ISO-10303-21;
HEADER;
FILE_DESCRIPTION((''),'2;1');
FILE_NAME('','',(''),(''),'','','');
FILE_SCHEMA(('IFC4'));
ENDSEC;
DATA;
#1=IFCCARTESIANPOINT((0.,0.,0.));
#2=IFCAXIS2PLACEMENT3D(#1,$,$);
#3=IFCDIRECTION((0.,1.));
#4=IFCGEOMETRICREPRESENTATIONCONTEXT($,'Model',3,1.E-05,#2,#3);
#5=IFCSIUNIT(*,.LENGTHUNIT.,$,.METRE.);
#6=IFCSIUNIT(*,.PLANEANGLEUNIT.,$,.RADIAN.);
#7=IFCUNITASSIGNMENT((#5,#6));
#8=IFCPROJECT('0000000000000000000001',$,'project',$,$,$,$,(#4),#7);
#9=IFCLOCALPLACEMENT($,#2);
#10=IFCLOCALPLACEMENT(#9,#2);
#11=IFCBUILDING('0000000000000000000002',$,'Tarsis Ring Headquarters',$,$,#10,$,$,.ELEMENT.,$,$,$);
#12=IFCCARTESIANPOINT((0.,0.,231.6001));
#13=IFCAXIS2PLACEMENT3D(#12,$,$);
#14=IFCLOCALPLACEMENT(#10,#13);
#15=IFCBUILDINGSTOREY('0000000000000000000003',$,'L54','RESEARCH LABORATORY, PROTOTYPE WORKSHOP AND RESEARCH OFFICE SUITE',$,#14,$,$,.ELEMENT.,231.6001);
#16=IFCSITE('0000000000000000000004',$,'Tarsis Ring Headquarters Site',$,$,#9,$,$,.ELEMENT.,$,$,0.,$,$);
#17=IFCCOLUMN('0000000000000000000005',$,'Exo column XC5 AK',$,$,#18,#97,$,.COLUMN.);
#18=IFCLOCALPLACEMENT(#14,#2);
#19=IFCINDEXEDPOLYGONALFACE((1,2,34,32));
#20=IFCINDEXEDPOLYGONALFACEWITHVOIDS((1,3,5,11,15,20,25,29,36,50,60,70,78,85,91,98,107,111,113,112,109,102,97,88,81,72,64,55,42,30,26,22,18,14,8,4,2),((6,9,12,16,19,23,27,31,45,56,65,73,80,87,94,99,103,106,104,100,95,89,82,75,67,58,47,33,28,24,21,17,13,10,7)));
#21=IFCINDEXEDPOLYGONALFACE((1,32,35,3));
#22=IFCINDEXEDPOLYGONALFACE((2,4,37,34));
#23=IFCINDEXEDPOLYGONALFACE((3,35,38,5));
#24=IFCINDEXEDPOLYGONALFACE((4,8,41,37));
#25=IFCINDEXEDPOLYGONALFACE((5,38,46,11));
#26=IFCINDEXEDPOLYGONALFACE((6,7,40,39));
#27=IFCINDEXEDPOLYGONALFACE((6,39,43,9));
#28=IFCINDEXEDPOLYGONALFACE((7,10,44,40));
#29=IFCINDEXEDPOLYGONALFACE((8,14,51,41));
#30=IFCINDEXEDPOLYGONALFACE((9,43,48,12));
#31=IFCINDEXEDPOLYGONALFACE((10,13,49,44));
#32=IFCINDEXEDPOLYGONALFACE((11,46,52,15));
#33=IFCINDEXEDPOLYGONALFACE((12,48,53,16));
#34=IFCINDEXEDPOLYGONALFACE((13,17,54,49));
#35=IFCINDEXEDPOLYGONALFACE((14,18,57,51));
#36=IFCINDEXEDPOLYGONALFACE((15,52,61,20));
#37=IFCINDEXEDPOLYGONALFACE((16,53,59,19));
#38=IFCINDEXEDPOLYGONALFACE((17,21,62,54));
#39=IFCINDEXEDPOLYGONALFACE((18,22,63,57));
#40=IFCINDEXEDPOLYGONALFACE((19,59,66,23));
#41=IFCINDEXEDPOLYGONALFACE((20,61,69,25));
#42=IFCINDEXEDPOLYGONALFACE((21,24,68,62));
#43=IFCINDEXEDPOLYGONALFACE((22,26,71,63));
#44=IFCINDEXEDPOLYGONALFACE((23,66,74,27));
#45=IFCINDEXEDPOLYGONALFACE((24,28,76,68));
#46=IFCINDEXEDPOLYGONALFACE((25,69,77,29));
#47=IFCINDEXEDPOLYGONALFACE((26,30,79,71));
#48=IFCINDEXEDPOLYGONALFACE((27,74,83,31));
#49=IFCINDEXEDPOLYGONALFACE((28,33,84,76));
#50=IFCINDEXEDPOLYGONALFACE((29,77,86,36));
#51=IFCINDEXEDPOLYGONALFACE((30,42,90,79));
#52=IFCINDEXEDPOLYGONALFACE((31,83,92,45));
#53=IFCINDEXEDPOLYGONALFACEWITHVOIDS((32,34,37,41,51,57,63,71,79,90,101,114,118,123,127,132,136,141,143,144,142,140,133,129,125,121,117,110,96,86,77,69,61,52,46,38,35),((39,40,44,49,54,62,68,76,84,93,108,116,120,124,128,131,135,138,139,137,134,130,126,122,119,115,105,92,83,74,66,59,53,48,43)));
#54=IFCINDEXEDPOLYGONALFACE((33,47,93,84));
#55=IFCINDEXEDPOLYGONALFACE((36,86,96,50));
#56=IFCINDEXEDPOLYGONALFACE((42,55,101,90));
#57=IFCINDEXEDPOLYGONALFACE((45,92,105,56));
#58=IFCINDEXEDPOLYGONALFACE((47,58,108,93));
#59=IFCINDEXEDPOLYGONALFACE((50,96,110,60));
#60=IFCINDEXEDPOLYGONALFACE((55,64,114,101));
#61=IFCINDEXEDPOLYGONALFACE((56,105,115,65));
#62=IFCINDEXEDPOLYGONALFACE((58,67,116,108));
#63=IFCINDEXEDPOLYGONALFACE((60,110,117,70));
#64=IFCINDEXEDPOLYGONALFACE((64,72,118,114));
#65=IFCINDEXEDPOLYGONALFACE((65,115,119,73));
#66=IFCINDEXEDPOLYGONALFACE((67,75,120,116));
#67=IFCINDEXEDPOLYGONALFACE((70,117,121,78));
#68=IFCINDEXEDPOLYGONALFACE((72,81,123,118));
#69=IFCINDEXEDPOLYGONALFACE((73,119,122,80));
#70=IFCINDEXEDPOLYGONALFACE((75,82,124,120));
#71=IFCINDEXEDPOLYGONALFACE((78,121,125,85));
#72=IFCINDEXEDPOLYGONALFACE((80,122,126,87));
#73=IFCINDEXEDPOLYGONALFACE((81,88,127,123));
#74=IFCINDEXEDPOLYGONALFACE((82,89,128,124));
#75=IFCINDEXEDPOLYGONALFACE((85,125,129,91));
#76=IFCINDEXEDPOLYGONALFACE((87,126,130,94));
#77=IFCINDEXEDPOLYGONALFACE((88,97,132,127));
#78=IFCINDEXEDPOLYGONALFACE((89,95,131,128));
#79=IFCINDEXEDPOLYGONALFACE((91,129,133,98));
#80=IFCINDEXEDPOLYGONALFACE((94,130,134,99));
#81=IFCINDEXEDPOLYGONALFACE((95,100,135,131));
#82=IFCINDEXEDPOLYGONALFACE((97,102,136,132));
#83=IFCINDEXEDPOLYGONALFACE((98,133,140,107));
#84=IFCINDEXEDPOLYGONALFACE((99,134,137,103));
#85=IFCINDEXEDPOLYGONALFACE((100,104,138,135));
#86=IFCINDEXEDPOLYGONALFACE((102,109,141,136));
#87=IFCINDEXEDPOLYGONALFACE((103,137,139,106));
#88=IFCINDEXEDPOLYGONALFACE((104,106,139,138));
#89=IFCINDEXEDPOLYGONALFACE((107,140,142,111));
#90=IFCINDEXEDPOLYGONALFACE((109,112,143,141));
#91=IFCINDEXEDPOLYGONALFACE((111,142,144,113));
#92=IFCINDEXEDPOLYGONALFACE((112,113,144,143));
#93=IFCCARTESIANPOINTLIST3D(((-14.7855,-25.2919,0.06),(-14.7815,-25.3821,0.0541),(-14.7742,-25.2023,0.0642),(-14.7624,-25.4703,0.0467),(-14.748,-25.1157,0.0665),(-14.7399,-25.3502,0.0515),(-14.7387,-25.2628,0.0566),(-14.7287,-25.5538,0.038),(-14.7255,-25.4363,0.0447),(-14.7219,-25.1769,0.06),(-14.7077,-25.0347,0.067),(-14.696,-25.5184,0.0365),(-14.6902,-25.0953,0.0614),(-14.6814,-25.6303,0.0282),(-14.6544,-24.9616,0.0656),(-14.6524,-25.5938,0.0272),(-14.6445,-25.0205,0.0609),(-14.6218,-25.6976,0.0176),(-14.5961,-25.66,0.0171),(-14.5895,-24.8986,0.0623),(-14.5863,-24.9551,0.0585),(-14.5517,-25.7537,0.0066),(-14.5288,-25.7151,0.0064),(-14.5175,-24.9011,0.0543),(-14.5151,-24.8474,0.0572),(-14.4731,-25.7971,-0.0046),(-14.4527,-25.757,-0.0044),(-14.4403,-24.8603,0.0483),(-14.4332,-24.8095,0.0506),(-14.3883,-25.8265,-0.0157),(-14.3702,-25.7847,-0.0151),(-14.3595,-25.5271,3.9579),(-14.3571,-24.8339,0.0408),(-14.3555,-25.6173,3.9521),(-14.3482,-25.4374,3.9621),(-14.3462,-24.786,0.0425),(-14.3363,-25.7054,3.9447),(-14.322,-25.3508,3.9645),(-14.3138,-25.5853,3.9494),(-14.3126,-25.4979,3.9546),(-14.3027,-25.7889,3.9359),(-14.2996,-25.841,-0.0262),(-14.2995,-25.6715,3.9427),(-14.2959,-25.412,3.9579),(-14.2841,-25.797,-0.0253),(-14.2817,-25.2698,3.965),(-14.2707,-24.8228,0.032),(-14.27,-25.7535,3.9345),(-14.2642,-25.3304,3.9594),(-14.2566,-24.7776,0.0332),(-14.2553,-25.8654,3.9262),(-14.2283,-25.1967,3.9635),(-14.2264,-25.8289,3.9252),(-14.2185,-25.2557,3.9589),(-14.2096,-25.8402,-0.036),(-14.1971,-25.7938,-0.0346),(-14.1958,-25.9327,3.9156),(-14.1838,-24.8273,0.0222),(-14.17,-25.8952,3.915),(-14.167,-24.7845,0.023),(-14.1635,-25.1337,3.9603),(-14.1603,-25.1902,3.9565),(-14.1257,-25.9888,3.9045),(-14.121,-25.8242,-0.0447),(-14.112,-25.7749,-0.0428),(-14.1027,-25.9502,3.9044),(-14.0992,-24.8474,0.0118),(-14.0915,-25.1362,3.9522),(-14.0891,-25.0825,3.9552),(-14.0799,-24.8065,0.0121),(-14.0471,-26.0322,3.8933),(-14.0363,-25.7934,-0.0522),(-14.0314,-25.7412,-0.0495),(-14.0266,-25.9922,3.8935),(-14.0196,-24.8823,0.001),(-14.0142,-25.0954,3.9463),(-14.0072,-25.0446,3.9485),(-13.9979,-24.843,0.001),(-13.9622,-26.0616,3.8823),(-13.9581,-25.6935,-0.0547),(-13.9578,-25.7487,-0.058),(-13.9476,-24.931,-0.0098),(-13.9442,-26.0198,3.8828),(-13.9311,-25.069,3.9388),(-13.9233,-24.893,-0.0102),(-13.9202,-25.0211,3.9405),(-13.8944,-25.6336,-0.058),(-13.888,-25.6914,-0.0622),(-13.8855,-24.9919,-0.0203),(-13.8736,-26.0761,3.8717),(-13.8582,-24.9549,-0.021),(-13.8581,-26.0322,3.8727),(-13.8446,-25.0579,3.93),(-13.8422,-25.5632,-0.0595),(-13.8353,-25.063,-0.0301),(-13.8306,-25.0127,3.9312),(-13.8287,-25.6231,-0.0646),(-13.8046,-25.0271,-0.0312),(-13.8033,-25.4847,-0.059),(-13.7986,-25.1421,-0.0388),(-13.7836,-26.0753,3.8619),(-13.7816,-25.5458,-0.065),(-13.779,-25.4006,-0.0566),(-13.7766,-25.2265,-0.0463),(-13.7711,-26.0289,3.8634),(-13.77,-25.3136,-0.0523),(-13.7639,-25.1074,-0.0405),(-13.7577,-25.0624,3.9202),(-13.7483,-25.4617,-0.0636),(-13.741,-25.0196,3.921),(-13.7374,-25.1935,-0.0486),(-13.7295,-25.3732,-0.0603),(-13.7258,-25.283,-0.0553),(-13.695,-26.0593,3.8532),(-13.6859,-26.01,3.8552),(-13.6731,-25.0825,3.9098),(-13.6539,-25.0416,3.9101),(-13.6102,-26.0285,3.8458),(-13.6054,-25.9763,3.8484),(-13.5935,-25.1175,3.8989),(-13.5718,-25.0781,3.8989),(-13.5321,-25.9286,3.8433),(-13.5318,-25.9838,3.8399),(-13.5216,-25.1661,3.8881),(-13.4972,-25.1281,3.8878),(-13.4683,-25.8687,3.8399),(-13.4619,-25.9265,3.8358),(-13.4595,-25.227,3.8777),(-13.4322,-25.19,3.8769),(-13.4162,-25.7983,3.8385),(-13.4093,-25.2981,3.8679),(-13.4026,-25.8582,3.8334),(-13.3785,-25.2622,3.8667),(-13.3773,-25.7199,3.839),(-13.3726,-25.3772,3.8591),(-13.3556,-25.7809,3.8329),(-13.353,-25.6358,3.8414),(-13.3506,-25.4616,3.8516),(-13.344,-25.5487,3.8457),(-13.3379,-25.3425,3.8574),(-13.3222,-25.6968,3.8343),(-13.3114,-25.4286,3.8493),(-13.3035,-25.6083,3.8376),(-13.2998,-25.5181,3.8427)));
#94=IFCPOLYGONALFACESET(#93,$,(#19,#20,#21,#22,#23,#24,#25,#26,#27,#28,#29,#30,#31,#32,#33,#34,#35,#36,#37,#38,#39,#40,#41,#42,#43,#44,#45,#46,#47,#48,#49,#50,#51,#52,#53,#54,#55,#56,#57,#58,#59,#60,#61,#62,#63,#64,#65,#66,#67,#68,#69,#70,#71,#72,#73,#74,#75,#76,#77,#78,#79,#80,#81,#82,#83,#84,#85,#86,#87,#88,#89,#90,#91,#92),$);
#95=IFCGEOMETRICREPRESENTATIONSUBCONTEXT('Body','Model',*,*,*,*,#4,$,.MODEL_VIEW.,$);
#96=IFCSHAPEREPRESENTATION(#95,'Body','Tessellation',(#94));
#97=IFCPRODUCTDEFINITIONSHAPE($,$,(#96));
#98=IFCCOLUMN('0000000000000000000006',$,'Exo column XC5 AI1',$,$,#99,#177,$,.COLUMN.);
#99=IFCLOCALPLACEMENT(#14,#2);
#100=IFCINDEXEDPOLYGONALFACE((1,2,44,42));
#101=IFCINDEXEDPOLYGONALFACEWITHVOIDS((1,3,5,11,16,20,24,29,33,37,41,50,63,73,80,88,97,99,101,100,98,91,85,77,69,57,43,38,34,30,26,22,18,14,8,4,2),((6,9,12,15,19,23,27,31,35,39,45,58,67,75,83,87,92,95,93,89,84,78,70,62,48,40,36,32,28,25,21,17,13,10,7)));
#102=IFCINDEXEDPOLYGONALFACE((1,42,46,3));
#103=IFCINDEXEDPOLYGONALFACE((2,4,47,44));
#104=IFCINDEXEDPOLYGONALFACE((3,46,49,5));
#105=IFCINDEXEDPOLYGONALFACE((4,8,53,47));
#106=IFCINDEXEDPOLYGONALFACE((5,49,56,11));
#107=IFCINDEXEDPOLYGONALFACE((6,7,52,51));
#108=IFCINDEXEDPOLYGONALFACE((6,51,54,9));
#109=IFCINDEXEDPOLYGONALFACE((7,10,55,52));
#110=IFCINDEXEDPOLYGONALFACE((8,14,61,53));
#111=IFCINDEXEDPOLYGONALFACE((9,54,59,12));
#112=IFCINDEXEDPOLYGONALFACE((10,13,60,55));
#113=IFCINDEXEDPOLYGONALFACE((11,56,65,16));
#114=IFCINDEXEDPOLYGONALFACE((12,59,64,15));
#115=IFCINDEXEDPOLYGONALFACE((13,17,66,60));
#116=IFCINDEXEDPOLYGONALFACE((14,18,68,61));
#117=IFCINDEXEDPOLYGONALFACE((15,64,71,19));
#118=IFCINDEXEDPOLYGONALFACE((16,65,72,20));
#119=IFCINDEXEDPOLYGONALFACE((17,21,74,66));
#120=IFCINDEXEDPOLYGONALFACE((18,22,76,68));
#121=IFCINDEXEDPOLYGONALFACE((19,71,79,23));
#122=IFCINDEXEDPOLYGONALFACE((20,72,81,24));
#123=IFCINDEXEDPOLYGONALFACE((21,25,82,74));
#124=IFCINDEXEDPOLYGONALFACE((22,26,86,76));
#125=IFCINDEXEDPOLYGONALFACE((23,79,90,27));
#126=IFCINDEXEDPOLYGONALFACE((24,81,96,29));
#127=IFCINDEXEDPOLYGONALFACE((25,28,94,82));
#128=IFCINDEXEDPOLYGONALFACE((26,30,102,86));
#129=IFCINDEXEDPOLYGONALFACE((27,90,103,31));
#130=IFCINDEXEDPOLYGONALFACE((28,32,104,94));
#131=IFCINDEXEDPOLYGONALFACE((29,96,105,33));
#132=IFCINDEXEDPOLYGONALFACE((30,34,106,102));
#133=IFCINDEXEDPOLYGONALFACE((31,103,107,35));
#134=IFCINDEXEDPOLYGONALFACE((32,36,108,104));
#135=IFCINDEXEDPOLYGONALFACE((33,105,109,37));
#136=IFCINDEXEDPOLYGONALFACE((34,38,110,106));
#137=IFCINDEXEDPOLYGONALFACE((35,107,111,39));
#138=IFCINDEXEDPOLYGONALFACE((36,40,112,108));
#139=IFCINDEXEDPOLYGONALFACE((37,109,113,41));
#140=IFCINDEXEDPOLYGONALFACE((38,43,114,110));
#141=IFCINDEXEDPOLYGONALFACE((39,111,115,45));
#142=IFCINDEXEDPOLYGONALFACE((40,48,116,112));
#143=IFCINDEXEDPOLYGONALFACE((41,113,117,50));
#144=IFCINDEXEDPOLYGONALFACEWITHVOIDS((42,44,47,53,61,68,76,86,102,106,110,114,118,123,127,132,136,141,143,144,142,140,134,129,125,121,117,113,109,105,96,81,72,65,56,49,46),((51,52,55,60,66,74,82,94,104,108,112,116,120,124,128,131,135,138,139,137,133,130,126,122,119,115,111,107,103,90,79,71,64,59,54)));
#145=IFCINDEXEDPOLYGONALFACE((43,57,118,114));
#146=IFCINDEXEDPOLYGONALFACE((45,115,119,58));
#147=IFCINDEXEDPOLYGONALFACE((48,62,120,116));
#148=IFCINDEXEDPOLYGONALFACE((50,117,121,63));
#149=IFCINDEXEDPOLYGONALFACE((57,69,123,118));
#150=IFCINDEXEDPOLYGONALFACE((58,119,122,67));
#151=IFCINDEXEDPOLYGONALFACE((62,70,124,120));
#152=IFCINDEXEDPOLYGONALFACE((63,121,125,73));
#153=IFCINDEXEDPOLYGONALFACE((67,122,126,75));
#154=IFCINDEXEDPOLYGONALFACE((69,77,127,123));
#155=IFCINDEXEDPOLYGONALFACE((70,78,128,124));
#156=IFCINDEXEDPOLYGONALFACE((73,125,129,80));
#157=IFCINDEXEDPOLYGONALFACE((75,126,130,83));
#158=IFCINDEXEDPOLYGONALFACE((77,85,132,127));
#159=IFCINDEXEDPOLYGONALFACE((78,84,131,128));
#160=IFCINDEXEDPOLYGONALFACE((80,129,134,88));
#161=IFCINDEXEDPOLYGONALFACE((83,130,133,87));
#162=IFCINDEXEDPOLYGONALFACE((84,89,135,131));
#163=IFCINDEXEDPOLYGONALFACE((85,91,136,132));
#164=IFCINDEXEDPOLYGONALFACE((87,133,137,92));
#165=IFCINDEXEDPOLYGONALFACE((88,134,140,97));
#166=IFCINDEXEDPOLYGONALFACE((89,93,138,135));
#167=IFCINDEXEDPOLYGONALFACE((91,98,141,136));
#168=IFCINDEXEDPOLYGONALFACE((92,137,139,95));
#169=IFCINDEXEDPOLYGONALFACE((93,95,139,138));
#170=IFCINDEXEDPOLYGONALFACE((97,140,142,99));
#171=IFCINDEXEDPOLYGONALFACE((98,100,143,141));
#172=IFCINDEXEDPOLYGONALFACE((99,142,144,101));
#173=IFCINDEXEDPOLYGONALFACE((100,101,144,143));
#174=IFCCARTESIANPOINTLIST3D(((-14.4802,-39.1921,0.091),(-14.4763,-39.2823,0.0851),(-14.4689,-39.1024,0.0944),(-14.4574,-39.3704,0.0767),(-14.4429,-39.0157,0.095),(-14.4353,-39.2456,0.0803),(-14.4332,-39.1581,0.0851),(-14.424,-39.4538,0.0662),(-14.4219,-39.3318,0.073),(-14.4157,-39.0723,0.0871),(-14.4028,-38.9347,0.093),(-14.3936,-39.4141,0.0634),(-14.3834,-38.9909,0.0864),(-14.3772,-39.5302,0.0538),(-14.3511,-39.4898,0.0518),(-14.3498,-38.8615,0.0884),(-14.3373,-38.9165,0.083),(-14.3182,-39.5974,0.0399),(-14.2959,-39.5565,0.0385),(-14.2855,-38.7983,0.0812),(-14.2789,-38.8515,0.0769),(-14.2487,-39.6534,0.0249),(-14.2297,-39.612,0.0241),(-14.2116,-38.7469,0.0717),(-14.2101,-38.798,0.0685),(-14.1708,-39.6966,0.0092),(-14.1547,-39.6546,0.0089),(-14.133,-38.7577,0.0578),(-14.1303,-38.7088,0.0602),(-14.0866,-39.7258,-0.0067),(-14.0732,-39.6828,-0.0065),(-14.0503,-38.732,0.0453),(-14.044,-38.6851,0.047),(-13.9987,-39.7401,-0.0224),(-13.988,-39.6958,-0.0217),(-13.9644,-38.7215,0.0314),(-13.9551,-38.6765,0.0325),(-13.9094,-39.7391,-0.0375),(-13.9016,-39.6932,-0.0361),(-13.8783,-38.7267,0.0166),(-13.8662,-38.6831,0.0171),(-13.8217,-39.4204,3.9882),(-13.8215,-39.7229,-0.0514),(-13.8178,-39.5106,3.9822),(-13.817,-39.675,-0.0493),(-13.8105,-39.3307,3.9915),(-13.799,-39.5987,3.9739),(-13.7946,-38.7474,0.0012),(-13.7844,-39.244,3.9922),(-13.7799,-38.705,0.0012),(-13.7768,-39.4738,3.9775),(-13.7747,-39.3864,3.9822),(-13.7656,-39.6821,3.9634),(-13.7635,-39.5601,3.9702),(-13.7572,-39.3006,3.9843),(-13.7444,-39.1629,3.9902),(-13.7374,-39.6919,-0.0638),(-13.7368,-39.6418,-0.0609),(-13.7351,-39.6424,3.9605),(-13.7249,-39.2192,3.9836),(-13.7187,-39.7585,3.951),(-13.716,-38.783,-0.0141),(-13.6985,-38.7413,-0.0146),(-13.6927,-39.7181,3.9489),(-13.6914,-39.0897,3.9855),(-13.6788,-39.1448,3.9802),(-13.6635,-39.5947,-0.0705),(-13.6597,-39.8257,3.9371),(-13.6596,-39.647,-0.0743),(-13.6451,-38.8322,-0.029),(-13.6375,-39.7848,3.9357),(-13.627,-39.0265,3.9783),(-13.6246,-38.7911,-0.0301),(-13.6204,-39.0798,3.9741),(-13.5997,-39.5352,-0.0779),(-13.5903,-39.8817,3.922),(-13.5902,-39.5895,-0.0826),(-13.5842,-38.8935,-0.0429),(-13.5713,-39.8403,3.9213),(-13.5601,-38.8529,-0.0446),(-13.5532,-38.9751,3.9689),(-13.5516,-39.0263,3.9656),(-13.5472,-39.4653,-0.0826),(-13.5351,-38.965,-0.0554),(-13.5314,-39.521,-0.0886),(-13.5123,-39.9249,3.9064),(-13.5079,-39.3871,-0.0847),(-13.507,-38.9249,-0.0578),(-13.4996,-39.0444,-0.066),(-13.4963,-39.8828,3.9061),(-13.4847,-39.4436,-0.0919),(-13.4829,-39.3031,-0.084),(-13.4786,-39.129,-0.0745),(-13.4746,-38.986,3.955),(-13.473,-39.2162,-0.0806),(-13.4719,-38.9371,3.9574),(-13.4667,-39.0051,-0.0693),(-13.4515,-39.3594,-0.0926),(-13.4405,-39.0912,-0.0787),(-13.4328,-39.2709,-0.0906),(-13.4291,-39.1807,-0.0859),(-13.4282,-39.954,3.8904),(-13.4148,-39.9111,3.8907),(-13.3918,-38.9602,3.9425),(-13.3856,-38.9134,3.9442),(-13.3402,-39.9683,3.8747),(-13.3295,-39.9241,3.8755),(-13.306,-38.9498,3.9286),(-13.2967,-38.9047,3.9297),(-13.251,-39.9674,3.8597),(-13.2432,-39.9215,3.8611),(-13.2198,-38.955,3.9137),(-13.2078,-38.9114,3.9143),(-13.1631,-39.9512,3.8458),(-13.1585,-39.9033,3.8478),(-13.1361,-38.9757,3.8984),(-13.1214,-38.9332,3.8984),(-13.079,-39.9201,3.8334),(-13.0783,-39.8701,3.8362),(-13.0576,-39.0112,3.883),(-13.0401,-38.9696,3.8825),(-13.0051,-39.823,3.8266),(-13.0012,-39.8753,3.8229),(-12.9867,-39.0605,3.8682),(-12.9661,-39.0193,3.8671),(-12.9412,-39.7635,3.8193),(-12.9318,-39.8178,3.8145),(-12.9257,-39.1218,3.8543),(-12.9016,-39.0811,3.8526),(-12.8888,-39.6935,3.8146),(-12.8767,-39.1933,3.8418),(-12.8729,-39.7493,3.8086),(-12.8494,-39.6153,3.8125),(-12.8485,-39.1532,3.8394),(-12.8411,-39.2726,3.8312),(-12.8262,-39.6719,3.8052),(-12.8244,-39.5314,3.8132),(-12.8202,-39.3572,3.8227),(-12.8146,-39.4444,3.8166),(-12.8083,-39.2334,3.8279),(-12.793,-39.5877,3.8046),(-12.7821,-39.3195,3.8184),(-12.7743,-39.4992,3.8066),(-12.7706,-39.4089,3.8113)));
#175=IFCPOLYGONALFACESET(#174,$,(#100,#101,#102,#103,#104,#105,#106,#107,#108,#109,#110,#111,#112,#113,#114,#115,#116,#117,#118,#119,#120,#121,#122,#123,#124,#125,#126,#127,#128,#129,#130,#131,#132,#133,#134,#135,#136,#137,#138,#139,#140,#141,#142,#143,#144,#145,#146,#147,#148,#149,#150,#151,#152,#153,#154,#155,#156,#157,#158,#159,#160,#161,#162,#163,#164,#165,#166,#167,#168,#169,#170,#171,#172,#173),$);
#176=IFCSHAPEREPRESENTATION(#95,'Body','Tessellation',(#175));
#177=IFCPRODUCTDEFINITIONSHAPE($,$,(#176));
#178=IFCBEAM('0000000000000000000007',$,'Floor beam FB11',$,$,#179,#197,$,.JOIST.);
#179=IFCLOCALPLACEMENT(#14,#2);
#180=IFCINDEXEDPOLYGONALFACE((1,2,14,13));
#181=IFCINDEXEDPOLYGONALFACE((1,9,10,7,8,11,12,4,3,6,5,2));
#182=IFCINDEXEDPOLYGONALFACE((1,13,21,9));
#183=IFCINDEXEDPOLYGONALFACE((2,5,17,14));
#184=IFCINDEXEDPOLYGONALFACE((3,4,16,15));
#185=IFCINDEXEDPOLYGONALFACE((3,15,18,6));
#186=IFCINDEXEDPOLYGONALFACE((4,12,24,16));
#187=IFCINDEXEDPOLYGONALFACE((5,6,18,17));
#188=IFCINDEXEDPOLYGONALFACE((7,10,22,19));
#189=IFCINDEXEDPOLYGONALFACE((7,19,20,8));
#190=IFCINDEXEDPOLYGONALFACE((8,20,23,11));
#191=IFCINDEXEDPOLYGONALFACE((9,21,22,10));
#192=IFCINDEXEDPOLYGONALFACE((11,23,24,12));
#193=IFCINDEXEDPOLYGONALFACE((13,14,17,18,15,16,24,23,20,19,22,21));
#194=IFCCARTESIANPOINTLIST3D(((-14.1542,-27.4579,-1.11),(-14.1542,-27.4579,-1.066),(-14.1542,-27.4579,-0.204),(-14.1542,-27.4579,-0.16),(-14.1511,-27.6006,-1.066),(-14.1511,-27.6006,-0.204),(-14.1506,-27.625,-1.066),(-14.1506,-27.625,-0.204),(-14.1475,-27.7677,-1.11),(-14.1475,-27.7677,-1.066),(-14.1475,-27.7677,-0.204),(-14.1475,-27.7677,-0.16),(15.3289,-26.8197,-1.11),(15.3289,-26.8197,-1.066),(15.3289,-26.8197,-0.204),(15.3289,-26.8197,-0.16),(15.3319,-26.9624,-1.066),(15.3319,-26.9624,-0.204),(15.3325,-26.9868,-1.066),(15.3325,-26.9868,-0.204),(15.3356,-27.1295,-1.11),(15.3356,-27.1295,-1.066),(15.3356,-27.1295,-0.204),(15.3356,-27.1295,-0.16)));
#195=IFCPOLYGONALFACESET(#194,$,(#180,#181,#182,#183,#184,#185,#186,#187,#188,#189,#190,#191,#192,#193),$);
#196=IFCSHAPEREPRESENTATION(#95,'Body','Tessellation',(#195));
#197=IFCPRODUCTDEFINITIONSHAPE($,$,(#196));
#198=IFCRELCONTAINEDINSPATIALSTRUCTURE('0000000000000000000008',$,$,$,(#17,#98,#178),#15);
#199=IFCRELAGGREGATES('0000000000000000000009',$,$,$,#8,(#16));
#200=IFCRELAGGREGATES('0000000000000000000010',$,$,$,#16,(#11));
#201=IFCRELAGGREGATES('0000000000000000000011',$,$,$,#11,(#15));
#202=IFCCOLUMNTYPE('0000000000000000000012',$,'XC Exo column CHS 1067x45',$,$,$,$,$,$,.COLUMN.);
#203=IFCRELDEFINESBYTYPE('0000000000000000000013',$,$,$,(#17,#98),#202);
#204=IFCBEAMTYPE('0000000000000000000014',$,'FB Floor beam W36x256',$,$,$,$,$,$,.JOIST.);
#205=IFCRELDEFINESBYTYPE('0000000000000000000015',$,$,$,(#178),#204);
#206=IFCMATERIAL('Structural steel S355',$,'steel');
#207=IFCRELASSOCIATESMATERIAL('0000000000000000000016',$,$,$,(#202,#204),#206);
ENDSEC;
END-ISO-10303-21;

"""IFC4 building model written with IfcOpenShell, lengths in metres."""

from ifc_helpers import new_model, si_unit, direction, frame, origin, origin_2d, place, context, subcontext, project, spatial, hollow_circle, i_section, extrude, material, material_profile, profile_set, type_object, element, save


model = new_model("IFC4")

# Units and contexts
model_context = context("Model", 3, precision=1e-05, world=origin(), true_north=direction((0.0, 1.0)))
body_context = subcontext(model_context, "Body", "Model", "MODEL_VIEW")
ifc_project = project(units=[si_unit("LENGTHUNIT", "METRE"), si_unit("PLANEANGLEUNIT", "RADIAN")], contexts=[model_context])

# Site, building, storey
site_placement = place(None, origin())
site = spatial("IfcSite", under=ifc_project, at=site_placement, Name="Tarsis Ring Headquarters Site", CompositionType="ELEMENT", RefElevation=0.0)
building_placement = place(site_placement, origin())
building = spatial("IfcBuilding", under=site, at=building_placement, Name="Tarsis Ring Headquarters", CompositionType="ELEMENT")
storey_placement = place(building_placement, frame((0.0, 0.0, 231.6001)))
storey = spatial("IfcBuildingStorey", under=building, at=storey_placement, Name="L54", Description="RESEARCH LABORATORY, PROTOTYPE WORKSHOP AND RESEARCH OFFICE SUITE", CompositionType="ELEMENT", Elevation=231.6001)

# Columns
ifc_material_1 = material(Name="Structural steel S355", Category="steel")
ifc_material_profile_1 = material_profile(ifc_material_1, hollow_circle(Radius=0.5334, WallThickness=0.0449, at=origin_2d()), Name="CHS 1067x45")
ifc_profile_set_1 = profile_set([ifc_material_profile_1], Name="Structural steel S355")
column_type = type_object("IfcColumnType", Name="XC Exo column CHS 1067x45", PredefinedType="COLUMN", material=ifc_profile_set_1)
column_1_placement = place(storey_placement, frame((-14.2556, -25.3101, 0.001), z_axis=(0.108453, -0.059851, 0.992298), x_axis=(0.48317, 0.875526, 0.0)))
element("IfcColumn", 1, at=column_1_placement, inside=storey, type_object=column_type, Name="Exo column XC5 AK", PredefinedType="COLUMN", context=body_context, shape_type="SweptSolid", body=[
    extrude(hollow_circle(Radius=0.5334, WallThickness=0.0449, at=origin_2d()), origin(), (0.0, 0.0, 1.0), 3.9282),
])
column_2_placement = place(storey_placement, frame((-13.9546, -39.209, 0.0012), z_axis=(0.166315, -0.057658, 0.984385), x_axis=(0.327556, 0.944832, 0.0)))
element("IfcColumn", 2, at=column_2_placement, inside=storey, type_object=column_type, Name="Exo column XC5 AI1", PredefinedType="COLUMN", context=body_context, shape_type="SweptSolid", body=[
    extrude(hollow_circle(Radius=0.5334, WallThickness=0.0449, at=origin_2d()), origin(), (0.0, 0.0, 1.0), 3.959),
])

# Beam
ifc_material_profile_2 = material_profile(ifc_material_1, i_section(OverallWidth=0.3098, OverallDepth=0.95, WebThickness=0.0244, FlangeThickness=0.0439, at=origin_2d()), Name="W36x256")
ifc_profile_set_2 = profile_set([ifc_material_profile_2], Name="Structural steel S355")
beam_type_1 = type_object("IfcBeamType", Name="FB Floor beam W36x256", PredefinedType="JOIST", material=ifc_profile_set_2)
for number, where, z_axis, x_axis, name in (
    (3, (-14.1509, -27.6128, -0.635), (0.999766, 0.021641, 0.0), (-0.021641, 0.999766, 0.0), "Floor beam FB11"),
):
    element("IfcBeam", number, at=place(storey_placement, frame(where, z_axis=z_axis, x_axis=x_axis)), inside=storey, type_object=beam_type_1, Name=name, PredefinedType="JOIST", context=body_context, shape_type="SweptSolid", body=[
        extrude(i_section(OverallWidth=0.3098, OverallDepth=0.95, WebThickness=0.0244, FlangeThickness=0.0439, at=origin_2d()), origin(), (0.0, 0.0, 1.0), 29.49),
    ])

save(model, "model.ifc")
